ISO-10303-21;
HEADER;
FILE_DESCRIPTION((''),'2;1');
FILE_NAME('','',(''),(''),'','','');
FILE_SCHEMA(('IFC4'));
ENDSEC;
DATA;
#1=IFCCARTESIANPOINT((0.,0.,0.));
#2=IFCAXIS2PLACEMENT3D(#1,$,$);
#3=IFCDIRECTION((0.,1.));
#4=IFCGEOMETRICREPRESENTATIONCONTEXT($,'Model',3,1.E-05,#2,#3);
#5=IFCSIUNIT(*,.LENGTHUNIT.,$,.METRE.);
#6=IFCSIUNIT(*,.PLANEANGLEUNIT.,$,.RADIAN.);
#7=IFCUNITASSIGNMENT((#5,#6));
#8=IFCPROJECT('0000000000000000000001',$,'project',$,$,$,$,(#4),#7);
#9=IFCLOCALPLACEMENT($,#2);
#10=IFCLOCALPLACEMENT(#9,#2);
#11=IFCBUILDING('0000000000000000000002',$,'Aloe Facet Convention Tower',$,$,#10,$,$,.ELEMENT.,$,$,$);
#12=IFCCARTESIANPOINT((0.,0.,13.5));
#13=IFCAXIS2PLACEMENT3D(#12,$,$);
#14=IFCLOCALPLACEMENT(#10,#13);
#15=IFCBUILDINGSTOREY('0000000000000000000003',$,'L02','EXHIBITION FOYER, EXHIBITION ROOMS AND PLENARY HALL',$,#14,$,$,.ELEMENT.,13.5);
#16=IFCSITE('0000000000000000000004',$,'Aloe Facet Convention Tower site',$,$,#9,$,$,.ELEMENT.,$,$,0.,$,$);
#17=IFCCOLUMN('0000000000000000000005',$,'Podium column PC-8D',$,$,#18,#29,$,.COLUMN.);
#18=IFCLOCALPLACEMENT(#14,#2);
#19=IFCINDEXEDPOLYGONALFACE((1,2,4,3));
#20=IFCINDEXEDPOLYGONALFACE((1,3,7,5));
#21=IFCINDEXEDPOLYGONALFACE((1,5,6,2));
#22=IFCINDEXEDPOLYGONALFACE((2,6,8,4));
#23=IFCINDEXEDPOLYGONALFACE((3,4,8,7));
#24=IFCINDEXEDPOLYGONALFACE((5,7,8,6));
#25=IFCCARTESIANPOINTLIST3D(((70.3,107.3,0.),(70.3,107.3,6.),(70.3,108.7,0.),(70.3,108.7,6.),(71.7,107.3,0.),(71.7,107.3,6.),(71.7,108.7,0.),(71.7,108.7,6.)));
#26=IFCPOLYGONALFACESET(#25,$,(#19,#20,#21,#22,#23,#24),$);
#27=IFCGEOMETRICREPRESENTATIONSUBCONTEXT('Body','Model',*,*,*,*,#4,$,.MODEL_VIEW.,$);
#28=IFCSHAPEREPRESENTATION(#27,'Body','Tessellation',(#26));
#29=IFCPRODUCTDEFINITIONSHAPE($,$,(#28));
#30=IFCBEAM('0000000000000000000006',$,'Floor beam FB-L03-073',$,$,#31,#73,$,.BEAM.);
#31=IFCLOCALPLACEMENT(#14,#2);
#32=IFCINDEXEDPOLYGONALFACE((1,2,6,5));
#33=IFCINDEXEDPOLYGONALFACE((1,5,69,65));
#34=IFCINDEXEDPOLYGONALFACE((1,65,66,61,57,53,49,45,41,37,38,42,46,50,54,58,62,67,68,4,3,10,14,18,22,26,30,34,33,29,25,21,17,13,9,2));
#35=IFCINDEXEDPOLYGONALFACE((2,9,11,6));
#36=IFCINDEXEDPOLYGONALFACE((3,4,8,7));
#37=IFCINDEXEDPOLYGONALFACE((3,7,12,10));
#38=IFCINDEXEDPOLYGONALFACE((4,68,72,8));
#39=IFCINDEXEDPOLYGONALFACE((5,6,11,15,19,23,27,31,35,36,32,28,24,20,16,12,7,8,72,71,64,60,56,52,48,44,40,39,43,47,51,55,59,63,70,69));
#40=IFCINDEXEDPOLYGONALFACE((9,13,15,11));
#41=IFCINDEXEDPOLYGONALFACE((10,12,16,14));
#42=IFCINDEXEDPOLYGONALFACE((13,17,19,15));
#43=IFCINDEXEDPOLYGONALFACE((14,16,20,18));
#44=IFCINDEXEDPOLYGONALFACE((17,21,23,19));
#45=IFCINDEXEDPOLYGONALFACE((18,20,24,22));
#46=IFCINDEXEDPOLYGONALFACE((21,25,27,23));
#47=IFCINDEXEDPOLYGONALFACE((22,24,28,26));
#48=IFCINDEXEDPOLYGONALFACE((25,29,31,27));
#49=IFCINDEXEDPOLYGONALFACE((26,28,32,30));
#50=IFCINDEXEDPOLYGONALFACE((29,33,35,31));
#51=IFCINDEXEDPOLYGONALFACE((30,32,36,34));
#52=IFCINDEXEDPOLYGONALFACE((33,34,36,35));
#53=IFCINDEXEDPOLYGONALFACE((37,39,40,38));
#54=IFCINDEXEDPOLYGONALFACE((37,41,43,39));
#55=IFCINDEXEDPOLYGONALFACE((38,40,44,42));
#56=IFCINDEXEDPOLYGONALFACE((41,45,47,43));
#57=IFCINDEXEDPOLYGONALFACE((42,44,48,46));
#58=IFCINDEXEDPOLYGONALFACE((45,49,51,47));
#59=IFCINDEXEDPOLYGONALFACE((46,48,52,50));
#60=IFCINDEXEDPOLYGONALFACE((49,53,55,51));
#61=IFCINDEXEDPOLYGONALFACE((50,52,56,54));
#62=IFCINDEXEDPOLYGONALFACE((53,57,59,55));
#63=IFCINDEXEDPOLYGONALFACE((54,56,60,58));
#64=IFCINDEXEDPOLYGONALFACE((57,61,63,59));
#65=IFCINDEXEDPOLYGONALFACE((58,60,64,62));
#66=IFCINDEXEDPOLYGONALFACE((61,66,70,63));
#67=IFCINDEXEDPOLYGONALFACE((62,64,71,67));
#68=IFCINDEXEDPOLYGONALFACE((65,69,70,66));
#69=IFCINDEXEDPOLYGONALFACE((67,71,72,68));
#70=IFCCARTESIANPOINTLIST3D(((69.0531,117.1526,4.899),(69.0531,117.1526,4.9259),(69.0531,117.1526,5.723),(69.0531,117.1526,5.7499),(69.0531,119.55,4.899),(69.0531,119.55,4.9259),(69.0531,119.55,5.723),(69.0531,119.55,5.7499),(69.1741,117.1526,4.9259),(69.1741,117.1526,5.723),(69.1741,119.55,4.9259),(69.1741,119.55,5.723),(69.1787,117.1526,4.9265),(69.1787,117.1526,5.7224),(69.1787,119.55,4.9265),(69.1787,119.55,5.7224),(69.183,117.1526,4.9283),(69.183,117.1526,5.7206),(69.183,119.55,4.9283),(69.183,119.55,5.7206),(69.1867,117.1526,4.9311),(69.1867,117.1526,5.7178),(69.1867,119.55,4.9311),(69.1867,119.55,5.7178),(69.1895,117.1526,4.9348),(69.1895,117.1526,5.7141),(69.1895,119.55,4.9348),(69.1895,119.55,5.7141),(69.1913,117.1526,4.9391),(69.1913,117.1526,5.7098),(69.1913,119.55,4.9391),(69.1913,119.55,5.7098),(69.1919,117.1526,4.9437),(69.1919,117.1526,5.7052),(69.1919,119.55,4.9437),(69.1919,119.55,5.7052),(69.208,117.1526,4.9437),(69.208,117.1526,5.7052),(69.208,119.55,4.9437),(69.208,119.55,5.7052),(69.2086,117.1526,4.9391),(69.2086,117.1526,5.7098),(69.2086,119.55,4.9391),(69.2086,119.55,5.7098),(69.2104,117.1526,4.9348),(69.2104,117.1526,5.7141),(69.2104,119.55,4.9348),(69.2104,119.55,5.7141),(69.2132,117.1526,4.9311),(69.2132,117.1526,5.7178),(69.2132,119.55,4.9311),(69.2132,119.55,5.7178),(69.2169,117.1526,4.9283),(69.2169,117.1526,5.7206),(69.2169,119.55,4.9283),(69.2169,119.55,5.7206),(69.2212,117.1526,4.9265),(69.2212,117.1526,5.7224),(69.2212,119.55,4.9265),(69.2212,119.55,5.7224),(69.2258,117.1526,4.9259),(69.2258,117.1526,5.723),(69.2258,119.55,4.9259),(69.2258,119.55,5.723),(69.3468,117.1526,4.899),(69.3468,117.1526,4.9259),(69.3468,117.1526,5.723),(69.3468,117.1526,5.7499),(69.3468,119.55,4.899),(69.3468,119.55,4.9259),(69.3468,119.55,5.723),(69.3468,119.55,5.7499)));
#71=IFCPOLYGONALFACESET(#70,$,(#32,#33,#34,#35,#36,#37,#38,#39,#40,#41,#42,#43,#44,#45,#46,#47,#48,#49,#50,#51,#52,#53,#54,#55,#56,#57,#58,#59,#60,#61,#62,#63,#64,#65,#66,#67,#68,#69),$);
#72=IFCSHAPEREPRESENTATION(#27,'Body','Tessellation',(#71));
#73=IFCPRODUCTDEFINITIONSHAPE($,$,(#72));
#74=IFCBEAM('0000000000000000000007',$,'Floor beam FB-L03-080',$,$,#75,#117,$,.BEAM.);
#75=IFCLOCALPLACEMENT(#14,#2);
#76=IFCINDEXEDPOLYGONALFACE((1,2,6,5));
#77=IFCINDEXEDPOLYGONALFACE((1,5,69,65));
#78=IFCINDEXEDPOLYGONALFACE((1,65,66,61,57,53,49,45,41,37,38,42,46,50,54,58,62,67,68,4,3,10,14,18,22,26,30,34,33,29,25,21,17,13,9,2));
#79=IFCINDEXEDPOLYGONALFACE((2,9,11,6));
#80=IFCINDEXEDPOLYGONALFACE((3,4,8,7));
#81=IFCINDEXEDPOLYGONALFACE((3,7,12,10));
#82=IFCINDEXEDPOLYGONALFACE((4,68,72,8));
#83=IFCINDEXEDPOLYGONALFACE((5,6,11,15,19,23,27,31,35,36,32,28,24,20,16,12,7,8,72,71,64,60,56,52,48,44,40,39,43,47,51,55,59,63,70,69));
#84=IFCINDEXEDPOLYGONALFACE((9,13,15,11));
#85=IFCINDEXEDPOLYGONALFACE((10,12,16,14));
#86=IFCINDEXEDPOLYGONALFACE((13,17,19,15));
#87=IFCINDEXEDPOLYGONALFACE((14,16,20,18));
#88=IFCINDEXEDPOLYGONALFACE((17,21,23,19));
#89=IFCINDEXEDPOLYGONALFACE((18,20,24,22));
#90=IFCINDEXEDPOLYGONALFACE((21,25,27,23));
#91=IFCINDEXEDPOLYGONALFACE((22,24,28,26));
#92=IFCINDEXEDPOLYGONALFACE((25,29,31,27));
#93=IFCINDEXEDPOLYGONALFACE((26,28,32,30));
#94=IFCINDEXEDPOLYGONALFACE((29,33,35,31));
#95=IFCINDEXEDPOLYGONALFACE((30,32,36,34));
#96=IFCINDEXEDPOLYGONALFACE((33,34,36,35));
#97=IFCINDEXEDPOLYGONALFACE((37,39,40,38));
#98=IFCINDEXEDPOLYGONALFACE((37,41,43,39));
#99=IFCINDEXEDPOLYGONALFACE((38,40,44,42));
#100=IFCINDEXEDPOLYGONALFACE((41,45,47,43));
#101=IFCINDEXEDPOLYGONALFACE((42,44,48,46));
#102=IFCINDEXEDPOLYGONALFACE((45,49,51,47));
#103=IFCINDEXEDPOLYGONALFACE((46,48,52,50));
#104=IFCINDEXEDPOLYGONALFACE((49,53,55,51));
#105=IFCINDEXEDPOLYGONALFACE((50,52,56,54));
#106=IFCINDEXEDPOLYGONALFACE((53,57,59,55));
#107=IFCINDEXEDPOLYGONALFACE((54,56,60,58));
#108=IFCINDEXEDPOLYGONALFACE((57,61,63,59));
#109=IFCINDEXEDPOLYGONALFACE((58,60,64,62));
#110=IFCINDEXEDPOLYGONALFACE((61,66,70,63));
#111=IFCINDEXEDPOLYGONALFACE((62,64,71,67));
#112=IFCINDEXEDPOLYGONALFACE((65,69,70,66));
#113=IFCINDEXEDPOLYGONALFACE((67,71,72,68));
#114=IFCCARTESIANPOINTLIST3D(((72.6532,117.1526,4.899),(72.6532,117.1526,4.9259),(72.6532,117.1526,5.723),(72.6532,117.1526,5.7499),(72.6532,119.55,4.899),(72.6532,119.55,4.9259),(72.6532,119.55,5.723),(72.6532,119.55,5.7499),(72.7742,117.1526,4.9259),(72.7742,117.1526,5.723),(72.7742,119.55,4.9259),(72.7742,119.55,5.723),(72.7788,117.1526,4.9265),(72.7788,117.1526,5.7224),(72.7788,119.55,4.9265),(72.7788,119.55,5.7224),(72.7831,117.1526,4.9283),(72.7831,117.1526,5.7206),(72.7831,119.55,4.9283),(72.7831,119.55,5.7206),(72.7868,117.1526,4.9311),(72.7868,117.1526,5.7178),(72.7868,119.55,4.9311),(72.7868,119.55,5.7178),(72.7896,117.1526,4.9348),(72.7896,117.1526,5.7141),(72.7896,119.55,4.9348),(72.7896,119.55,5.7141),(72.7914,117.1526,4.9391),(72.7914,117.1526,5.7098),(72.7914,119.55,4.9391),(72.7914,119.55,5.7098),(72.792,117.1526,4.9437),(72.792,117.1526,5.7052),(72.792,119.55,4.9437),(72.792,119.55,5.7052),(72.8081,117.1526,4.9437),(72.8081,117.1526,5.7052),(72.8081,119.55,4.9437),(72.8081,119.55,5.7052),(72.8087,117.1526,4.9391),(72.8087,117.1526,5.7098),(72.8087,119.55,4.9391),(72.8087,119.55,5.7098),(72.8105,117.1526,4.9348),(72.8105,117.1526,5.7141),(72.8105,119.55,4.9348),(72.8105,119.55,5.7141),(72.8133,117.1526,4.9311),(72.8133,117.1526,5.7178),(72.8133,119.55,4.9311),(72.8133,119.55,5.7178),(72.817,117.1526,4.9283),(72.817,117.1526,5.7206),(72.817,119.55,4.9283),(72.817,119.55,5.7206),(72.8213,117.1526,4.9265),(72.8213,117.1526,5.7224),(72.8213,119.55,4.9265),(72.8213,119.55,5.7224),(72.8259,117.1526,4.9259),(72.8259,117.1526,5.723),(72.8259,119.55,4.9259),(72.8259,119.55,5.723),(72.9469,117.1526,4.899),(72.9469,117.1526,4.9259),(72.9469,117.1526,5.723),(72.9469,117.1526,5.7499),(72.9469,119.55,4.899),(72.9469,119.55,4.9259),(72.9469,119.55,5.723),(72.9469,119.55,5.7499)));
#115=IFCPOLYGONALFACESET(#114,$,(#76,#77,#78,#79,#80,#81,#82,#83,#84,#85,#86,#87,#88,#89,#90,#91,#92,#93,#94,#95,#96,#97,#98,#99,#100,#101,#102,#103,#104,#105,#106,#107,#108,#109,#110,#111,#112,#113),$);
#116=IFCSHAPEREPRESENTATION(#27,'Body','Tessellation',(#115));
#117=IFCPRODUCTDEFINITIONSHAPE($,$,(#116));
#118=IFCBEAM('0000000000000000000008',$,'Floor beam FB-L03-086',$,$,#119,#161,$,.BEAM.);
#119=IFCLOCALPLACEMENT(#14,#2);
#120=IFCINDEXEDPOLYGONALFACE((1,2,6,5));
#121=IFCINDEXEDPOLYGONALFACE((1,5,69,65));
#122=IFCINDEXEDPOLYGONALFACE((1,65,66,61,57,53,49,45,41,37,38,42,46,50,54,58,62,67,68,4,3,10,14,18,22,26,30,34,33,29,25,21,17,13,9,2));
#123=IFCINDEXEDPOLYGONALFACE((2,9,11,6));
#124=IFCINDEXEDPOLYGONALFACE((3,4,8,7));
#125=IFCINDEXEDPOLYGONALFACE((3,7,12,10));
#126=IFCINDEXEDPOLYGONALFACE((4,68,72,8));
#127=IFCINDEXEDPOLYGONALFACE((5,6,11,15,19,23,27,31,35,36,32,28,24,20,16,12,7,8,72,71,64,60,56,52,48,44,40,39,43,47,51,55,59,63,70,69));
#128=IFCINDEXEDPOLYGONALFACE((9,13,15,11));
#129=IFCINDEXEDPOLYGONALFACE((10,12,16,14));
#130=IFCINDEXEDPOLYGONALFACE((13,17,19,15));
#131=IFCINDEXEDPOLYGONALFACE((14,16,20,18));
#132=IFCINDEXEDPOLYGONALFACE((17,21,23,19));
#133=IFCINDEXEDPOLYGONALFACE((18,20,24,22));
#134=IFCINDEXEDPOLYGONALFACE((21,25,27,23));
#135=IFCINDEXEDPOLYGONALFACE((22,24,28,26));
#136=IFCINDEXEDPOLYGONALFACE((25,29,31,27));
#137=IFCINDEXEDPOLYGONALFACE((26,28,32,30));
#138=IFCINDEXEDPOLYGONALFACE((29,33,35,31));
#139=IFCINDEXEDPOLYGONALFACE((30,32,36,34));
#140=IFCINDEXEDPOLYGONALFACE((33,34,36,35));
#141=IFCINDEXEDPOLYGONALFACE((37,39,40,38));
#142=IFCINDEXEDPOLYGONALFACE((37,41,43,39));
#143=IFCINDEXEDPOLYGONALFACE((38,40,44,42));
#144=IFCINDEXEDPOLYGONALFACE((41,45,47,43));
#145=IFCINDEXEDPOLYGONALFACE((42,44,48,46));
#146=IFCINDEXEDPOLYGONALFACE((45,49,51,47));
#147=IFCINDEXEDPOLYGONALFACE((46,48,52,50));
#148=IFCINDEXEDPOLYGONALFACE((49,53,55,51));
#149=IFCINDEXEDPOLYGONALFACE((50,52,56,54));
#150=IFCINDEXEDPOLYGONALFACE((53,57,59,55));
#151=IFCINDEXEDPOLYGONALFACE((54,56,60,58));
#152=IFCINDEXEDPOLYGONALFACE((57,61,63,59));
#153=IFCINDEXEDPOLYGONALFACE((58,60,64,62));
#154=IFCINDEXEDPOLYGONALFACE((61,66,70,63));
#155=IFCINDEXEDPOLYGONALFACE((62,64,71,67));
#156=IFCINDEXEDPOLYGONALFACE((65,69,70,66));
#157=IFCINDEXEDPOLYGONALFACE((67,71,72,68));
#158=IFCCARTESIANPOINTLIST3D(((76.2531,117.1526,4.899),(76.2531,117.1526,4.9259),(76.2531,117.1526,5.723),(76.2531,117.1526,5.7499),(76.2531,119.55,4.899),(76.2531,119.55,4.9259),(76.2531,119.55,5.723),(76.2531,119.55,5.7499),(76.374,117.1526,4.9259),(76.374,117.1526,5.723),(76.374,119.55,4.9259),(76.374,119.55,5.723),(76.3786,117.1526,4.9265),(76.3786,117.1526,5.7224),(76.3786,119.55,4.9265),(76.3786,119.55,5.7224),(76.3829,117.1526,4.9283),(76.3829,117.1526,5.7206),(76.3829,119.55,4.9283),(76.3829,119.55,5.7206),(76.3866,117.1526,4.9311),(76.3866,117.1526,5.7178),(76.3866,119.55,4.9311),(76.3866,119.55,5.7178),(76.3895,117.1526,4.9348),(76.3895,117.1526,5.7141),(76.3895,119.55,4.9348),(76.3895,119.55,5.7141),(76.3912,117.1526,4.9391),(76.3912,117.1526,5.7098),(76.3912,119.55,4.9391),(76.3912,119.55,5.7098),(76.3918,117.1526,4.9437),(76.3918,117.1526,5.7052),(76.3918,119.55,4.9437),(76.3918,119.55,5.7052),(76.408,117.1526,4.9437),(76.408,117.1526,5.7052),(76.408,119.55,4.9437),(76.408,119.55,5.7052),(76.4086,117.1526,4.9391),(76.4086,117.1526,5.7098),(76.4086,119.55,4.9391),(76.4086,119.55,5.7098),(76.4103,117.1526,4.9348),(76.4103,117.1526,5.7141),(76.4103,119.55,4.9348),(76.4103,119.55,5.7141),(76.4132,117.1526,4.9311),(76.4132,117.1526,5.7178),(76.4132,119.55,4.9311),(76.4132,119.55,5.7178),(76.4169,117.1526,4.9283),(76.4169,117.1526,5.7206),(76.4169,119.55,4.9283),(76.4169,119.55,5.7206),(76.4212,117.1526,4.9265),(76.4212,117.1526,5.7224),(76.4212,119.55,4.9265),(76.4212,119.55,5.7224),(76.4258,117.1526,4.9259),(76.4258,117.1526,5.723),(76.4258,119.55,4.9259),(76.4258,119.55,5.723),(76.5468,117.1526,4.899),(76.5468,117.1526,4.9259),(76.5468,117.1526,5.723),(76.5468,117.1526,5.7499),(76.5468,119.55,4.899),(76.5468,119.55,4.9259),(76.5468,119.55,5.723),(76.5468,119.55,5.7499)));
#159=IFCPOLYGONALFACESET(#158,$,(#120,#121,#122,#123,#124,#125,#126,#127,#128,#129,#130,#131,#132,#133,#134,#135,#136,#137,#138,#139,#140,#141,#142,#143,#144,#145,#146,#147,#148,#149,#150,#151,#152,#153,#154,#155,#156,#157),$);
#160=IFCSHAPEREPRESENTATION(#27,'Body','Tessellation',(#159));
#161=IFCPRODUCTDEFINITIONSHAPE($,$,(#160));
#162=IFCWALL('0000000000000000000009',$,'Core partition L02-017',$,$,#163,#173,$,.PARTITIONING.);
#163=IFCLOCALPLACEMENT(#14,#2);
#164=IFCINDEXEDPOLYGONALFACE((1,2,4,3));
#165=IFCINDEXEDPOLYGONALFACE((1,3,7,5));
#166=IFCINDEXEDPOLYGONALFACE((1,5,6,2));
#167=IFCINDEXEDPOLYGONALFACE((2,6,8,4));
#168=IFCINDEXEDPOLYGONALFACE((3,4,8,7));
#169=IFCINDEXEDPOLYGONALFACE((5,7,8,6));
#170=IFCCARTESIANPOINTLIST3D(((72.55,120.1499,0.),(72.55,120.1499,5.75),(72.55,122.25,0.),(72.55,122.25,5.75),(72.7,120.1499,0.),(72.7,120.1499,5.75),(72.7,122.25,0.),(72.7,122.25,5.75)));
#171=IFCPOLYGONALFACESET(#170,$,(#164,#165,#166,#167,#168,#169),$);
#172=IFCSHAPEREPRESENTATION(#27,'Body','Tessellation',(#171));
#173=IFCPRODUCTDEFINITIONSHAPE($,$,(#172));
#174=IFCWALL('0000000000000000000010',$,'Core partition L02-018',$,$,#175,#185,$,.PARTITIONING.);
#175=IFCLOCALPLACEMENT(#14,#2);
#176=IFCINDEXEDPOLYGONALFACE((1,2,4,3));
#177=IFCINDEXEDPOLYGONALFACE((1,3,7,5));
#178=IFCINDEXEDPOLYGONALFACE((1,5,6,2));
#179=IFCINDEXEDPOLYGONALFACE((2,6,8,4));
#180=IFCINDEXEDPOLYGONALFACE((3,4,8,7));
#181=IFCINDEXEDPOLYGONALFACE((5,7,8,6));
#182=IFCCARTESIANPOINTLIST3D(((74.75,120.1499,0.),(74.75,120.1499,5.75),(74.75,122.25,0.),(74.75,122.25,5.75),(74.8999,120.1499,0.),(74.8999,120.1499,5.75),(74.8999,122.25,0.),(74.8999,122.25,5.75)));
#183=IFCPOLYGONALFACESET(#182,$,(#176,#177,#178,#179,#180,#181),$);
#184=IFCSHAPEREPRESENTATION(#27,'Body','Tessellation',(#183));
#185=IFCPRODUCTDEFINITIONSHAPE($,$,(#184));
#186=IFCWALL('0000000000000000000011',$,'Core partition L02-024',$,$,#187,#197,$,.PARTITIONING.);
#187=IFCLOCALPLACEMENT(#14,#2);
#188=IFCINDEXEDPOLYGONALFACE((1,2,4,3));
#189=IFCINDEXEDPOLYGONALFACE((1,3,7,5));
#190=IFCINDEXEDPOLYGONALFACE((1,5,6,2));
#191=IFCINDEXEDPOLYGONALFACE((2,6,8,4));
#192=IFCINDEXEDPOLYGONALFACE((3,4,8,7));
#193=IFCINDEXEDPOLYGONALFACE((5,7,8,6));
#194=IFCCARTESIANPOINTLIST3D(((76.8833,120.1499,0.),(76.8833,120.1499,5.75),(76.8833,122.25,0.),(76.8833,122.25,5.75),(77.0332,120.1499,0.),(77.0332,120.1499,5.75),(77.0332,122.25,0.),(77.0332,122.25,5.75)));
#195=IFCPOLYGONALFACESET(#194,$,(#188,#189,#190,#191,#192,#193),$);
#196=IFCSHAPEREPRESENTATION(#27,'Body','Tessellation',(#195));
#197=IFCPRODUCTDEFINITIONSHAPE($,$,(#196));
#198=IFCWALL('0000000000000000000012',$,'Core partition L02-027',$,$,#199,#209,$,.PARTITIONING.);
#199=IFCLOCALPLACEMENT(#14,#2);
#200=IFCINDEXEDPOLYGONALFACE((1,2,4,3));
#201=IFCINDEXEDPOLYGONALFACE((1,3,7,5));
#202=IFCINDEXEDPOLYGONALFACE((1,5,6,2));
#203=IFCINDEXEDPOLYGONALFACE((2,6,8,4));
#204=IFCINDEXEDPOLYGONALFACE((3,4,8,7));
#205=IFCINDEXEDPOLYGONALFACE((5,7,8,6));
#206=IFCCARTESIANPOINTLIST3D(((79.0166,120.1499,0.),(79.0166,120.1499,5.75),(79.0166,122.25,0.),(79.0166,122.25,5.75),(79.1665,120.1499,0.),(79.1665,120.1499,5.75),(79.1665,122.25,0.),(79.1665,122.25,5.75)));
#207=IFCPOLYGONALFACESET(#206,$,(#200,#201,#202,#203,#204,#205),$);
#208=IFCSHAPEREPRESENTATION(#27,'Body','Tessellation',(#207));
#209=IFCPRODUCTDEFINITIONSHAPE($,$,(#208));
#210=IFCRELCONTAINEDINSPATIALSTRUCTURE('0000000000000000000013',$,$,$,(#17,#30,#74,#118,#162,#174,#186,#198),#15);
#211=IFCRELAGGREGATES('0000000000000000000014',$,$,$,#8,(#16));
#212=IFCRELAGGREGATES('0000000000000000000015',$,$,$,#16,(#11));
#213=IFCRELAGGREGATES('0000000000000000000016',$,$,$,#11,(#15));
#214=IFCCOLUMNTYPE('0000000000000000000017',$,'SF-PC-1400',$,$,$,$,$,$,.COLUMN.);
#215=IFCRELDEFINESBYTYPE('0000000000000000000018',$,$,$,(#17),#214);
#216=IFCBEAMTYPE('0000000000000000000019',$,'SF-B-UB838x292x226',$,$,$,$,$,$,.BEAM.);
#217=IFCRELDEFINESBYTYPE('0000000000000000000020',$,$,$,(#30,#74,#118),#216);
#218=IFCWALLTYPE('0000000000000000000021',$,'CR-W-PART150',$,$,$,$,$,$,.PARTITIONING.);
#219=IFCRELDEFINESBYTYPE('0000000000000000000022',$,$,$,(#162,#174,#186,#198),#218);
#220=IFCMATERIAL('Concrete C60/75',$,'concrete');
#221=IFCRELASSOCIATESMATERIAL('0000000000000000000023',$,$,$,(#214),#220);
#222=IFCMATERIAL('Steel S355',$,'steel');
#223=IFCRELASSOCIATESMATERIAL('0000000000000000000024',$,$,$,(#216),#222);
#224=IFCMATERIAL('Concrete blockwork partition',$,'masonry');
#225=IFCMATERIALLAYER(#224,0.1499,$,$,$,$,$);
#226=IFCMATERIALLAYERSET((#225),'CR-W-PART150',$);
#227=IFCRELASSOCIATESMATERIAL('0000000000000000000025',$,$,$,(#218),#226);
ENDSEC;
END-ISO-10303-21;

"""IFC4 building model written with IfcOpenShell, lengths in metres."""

from ifc_helpers import new_model, si_unit, direction, frame, frame_2d, origin, origin_2d, place, context, subcontext, project, spatial, rectangle, i_section, extrude, material, layer, layer_set, material_profile, profile_set, type_object, element, save


model = new_model("IFC4")

# Units and contexts
model_context = context("Model", 3, precision=1e-05, world=origin(), true_north=direction((0.0, 1.0)))
body_context = subcontext(model_context, "Body", "Model", "MODEL_VIEW")
ifc_project = project(units=[si_unit("LENGTHUNIT", "METRE"), si_unit("PLANEANGLEUNIT", "RADIAN")], contexts=[model_context])

# Site, building, storey
site_placement = place(None, origin())
site = spatial("IfcSite", under=ifc_project, at=site_placement, Name="Aloe Facet Convention Tower site", CompositionType="ELEMENT", RefElevation=0.0)
building_placement = place(site_placement, origin())
building = spatial("IfcBuilding", under=site, at=building_placement, Name="Aloe Facet Convention Tower", CompositionType="ELEMENT")
storey_placement = place(building_placement, frame((0.0, 0.0, 13.5)))
storey = spatial("IfcBuildingStorey", under=building, at=storey_placement, Name="L02", Description="EXHIBITION FOYER, EXHIBITION ROOMS AND PLENARY HALL", CompositionType="ELEMENT", Elevation=13.5)

# Column
ifc_material_1 = material(Name="Concrete C60/75", Category="concrete")
ifc_material_profile_1 = material_profile(ifc_material_1, rectangle(XDim=1.3999, YDim=1.3999, at=origin_2d()), Name="SF-PC-1400")
ifc_profile_set_1 = profile_set([ifc_material_profile_1], Name="Concrete C60/75")
column_type = type_object("IfcColumnType", Name="SF-PC-1400", PredefinedType="COLUMN", material=ifc_profile_set_1)
column_placement = place(storey_placement, frame((71.0, 108.0, 0.0), z_axis=(0.0, 0.0, 1.0), x_axis=(1.0, 0.0, 0.0)))
element("IfcColumn", 1, at=column_placement, inside=storey, type_object=column_type, Name="Podium column PC-8D", PredefinedType="COLUMN", context=body_context, shape_type="SweptSolid", body=[
    extrude(rectangle(XDim=1.3999, YDim=1.3999, at=origin_2d()), origin(), (0.0, 0.0, 1.0), 6.0),
])

# Beams
ifc_material_2 = material(Name="Steel S355", Category="steel")
ifc_material_profile_2 = material_profile(ifc_material_2, i_section(OverallWidth=0.2937, OverallDepth=0.8508, WebThickness=0.0161, FlangeThickness=0.0269, FilletRadius=0.0178, at=origin_2d()), Name="UB 838x292x226")
ifc_profile_set_2 = profile_set([ifc_material_profile_2], Name="Steel S355")
beam_type = type_object("IfcBeamType", Name="SF-B-UB838x292x226", PredefinedType="BEAM", material=ifc_profile_set_2)
for number, where, z_axis, x_axis, name in (
    (2, (69.2, 117.1526, 5.3245), (0.0, 1.0, 0.0), (-1.0, 0.0, 0.0), "Floor beam FB-L03-073"),
    (3, (72.8, 117.1526, 5.3245), (0.0, 1.0, 0.0), (-1.0, 0.0, 0.0), "Floor beam FB-L03-080"),
    (4, (76.3999, 117.1526, 5.3245), (0.0, 1.0, 0.0), (-1.0, 0.0, 0.0), "Floor beam FB-L03-086"),
):
    element("IfcBeam", number, at=place(storey_placement, frame(where, z_axis=z_axis, x_axis=x_axis)), inside=storey, type_object=beam_type, Name=name, PredefinedType="BEAM", context=body_context, shape_type="SweptSolid", body=[
        extrude(i_section(OverallWidth=0.2937, OverallDepth=0.8508, WebThickness=0.0161, FlangeThickness=0.0269, FilletRadius=0.0178, at=origin_2d()), origin(), (0.0, 0.0, 1.0), 2.3975),
    ])

# Walls
ifc_material_3 = material(Name="Concrete blockwork partition", Category="masonry")
ifc_layer_1 = layer(ifc_material_3, 0.1499)
ifc_layer_set_1 = layer_set([ifc_layer_1], Name="CR-W-PART150")
wall_type_1 = type_object("IfcWallType", Name="CR-W-PART150", PredefinedType="PARTITIONING", material=ifc_layer_set_1)
for number, where, z_axis, x_axis, name in (
    (5, (72.625, 122.25, 0.0), (0.0, 0.0, 1.0), (0.0, -1.0, 0.0), "Core partition L02-017"),
    (6, (74.825, 122.25, 0.0), (0.0, 0.0, 1.0), (0.0, -1.0, 0.0), "Core partition L02-018"),
    (7, (76.9583, 122.25, 0.0), (0.0, 0.0, 1.0), (0.0, -1.0, 0.0), "Core partition L02-024"),
    (8, (79.0916, 122.25, 0.0), (0.0, 0.0, 1.0), (0.0, -1.0, 0.0), "Core partition L02-027"),
):
    element("IfcWall", number, at=place(storey_placement, frame(where, z_axis=z_axis, x_axis=x_axis)), inside=storey, type_object=wall_type_1, Name=name, PredefinedType="PARTITIONING", context=body_context, shape_type="SweptSolid", body=[
        extrude(rectangle(XDim=2.1001, YDim=0.1499, at=frame_2d((1.05, 0.0))), origin(), (0.0, 0.0, 1.0), 5.75),
    ])

save(model, "model.ifc")
